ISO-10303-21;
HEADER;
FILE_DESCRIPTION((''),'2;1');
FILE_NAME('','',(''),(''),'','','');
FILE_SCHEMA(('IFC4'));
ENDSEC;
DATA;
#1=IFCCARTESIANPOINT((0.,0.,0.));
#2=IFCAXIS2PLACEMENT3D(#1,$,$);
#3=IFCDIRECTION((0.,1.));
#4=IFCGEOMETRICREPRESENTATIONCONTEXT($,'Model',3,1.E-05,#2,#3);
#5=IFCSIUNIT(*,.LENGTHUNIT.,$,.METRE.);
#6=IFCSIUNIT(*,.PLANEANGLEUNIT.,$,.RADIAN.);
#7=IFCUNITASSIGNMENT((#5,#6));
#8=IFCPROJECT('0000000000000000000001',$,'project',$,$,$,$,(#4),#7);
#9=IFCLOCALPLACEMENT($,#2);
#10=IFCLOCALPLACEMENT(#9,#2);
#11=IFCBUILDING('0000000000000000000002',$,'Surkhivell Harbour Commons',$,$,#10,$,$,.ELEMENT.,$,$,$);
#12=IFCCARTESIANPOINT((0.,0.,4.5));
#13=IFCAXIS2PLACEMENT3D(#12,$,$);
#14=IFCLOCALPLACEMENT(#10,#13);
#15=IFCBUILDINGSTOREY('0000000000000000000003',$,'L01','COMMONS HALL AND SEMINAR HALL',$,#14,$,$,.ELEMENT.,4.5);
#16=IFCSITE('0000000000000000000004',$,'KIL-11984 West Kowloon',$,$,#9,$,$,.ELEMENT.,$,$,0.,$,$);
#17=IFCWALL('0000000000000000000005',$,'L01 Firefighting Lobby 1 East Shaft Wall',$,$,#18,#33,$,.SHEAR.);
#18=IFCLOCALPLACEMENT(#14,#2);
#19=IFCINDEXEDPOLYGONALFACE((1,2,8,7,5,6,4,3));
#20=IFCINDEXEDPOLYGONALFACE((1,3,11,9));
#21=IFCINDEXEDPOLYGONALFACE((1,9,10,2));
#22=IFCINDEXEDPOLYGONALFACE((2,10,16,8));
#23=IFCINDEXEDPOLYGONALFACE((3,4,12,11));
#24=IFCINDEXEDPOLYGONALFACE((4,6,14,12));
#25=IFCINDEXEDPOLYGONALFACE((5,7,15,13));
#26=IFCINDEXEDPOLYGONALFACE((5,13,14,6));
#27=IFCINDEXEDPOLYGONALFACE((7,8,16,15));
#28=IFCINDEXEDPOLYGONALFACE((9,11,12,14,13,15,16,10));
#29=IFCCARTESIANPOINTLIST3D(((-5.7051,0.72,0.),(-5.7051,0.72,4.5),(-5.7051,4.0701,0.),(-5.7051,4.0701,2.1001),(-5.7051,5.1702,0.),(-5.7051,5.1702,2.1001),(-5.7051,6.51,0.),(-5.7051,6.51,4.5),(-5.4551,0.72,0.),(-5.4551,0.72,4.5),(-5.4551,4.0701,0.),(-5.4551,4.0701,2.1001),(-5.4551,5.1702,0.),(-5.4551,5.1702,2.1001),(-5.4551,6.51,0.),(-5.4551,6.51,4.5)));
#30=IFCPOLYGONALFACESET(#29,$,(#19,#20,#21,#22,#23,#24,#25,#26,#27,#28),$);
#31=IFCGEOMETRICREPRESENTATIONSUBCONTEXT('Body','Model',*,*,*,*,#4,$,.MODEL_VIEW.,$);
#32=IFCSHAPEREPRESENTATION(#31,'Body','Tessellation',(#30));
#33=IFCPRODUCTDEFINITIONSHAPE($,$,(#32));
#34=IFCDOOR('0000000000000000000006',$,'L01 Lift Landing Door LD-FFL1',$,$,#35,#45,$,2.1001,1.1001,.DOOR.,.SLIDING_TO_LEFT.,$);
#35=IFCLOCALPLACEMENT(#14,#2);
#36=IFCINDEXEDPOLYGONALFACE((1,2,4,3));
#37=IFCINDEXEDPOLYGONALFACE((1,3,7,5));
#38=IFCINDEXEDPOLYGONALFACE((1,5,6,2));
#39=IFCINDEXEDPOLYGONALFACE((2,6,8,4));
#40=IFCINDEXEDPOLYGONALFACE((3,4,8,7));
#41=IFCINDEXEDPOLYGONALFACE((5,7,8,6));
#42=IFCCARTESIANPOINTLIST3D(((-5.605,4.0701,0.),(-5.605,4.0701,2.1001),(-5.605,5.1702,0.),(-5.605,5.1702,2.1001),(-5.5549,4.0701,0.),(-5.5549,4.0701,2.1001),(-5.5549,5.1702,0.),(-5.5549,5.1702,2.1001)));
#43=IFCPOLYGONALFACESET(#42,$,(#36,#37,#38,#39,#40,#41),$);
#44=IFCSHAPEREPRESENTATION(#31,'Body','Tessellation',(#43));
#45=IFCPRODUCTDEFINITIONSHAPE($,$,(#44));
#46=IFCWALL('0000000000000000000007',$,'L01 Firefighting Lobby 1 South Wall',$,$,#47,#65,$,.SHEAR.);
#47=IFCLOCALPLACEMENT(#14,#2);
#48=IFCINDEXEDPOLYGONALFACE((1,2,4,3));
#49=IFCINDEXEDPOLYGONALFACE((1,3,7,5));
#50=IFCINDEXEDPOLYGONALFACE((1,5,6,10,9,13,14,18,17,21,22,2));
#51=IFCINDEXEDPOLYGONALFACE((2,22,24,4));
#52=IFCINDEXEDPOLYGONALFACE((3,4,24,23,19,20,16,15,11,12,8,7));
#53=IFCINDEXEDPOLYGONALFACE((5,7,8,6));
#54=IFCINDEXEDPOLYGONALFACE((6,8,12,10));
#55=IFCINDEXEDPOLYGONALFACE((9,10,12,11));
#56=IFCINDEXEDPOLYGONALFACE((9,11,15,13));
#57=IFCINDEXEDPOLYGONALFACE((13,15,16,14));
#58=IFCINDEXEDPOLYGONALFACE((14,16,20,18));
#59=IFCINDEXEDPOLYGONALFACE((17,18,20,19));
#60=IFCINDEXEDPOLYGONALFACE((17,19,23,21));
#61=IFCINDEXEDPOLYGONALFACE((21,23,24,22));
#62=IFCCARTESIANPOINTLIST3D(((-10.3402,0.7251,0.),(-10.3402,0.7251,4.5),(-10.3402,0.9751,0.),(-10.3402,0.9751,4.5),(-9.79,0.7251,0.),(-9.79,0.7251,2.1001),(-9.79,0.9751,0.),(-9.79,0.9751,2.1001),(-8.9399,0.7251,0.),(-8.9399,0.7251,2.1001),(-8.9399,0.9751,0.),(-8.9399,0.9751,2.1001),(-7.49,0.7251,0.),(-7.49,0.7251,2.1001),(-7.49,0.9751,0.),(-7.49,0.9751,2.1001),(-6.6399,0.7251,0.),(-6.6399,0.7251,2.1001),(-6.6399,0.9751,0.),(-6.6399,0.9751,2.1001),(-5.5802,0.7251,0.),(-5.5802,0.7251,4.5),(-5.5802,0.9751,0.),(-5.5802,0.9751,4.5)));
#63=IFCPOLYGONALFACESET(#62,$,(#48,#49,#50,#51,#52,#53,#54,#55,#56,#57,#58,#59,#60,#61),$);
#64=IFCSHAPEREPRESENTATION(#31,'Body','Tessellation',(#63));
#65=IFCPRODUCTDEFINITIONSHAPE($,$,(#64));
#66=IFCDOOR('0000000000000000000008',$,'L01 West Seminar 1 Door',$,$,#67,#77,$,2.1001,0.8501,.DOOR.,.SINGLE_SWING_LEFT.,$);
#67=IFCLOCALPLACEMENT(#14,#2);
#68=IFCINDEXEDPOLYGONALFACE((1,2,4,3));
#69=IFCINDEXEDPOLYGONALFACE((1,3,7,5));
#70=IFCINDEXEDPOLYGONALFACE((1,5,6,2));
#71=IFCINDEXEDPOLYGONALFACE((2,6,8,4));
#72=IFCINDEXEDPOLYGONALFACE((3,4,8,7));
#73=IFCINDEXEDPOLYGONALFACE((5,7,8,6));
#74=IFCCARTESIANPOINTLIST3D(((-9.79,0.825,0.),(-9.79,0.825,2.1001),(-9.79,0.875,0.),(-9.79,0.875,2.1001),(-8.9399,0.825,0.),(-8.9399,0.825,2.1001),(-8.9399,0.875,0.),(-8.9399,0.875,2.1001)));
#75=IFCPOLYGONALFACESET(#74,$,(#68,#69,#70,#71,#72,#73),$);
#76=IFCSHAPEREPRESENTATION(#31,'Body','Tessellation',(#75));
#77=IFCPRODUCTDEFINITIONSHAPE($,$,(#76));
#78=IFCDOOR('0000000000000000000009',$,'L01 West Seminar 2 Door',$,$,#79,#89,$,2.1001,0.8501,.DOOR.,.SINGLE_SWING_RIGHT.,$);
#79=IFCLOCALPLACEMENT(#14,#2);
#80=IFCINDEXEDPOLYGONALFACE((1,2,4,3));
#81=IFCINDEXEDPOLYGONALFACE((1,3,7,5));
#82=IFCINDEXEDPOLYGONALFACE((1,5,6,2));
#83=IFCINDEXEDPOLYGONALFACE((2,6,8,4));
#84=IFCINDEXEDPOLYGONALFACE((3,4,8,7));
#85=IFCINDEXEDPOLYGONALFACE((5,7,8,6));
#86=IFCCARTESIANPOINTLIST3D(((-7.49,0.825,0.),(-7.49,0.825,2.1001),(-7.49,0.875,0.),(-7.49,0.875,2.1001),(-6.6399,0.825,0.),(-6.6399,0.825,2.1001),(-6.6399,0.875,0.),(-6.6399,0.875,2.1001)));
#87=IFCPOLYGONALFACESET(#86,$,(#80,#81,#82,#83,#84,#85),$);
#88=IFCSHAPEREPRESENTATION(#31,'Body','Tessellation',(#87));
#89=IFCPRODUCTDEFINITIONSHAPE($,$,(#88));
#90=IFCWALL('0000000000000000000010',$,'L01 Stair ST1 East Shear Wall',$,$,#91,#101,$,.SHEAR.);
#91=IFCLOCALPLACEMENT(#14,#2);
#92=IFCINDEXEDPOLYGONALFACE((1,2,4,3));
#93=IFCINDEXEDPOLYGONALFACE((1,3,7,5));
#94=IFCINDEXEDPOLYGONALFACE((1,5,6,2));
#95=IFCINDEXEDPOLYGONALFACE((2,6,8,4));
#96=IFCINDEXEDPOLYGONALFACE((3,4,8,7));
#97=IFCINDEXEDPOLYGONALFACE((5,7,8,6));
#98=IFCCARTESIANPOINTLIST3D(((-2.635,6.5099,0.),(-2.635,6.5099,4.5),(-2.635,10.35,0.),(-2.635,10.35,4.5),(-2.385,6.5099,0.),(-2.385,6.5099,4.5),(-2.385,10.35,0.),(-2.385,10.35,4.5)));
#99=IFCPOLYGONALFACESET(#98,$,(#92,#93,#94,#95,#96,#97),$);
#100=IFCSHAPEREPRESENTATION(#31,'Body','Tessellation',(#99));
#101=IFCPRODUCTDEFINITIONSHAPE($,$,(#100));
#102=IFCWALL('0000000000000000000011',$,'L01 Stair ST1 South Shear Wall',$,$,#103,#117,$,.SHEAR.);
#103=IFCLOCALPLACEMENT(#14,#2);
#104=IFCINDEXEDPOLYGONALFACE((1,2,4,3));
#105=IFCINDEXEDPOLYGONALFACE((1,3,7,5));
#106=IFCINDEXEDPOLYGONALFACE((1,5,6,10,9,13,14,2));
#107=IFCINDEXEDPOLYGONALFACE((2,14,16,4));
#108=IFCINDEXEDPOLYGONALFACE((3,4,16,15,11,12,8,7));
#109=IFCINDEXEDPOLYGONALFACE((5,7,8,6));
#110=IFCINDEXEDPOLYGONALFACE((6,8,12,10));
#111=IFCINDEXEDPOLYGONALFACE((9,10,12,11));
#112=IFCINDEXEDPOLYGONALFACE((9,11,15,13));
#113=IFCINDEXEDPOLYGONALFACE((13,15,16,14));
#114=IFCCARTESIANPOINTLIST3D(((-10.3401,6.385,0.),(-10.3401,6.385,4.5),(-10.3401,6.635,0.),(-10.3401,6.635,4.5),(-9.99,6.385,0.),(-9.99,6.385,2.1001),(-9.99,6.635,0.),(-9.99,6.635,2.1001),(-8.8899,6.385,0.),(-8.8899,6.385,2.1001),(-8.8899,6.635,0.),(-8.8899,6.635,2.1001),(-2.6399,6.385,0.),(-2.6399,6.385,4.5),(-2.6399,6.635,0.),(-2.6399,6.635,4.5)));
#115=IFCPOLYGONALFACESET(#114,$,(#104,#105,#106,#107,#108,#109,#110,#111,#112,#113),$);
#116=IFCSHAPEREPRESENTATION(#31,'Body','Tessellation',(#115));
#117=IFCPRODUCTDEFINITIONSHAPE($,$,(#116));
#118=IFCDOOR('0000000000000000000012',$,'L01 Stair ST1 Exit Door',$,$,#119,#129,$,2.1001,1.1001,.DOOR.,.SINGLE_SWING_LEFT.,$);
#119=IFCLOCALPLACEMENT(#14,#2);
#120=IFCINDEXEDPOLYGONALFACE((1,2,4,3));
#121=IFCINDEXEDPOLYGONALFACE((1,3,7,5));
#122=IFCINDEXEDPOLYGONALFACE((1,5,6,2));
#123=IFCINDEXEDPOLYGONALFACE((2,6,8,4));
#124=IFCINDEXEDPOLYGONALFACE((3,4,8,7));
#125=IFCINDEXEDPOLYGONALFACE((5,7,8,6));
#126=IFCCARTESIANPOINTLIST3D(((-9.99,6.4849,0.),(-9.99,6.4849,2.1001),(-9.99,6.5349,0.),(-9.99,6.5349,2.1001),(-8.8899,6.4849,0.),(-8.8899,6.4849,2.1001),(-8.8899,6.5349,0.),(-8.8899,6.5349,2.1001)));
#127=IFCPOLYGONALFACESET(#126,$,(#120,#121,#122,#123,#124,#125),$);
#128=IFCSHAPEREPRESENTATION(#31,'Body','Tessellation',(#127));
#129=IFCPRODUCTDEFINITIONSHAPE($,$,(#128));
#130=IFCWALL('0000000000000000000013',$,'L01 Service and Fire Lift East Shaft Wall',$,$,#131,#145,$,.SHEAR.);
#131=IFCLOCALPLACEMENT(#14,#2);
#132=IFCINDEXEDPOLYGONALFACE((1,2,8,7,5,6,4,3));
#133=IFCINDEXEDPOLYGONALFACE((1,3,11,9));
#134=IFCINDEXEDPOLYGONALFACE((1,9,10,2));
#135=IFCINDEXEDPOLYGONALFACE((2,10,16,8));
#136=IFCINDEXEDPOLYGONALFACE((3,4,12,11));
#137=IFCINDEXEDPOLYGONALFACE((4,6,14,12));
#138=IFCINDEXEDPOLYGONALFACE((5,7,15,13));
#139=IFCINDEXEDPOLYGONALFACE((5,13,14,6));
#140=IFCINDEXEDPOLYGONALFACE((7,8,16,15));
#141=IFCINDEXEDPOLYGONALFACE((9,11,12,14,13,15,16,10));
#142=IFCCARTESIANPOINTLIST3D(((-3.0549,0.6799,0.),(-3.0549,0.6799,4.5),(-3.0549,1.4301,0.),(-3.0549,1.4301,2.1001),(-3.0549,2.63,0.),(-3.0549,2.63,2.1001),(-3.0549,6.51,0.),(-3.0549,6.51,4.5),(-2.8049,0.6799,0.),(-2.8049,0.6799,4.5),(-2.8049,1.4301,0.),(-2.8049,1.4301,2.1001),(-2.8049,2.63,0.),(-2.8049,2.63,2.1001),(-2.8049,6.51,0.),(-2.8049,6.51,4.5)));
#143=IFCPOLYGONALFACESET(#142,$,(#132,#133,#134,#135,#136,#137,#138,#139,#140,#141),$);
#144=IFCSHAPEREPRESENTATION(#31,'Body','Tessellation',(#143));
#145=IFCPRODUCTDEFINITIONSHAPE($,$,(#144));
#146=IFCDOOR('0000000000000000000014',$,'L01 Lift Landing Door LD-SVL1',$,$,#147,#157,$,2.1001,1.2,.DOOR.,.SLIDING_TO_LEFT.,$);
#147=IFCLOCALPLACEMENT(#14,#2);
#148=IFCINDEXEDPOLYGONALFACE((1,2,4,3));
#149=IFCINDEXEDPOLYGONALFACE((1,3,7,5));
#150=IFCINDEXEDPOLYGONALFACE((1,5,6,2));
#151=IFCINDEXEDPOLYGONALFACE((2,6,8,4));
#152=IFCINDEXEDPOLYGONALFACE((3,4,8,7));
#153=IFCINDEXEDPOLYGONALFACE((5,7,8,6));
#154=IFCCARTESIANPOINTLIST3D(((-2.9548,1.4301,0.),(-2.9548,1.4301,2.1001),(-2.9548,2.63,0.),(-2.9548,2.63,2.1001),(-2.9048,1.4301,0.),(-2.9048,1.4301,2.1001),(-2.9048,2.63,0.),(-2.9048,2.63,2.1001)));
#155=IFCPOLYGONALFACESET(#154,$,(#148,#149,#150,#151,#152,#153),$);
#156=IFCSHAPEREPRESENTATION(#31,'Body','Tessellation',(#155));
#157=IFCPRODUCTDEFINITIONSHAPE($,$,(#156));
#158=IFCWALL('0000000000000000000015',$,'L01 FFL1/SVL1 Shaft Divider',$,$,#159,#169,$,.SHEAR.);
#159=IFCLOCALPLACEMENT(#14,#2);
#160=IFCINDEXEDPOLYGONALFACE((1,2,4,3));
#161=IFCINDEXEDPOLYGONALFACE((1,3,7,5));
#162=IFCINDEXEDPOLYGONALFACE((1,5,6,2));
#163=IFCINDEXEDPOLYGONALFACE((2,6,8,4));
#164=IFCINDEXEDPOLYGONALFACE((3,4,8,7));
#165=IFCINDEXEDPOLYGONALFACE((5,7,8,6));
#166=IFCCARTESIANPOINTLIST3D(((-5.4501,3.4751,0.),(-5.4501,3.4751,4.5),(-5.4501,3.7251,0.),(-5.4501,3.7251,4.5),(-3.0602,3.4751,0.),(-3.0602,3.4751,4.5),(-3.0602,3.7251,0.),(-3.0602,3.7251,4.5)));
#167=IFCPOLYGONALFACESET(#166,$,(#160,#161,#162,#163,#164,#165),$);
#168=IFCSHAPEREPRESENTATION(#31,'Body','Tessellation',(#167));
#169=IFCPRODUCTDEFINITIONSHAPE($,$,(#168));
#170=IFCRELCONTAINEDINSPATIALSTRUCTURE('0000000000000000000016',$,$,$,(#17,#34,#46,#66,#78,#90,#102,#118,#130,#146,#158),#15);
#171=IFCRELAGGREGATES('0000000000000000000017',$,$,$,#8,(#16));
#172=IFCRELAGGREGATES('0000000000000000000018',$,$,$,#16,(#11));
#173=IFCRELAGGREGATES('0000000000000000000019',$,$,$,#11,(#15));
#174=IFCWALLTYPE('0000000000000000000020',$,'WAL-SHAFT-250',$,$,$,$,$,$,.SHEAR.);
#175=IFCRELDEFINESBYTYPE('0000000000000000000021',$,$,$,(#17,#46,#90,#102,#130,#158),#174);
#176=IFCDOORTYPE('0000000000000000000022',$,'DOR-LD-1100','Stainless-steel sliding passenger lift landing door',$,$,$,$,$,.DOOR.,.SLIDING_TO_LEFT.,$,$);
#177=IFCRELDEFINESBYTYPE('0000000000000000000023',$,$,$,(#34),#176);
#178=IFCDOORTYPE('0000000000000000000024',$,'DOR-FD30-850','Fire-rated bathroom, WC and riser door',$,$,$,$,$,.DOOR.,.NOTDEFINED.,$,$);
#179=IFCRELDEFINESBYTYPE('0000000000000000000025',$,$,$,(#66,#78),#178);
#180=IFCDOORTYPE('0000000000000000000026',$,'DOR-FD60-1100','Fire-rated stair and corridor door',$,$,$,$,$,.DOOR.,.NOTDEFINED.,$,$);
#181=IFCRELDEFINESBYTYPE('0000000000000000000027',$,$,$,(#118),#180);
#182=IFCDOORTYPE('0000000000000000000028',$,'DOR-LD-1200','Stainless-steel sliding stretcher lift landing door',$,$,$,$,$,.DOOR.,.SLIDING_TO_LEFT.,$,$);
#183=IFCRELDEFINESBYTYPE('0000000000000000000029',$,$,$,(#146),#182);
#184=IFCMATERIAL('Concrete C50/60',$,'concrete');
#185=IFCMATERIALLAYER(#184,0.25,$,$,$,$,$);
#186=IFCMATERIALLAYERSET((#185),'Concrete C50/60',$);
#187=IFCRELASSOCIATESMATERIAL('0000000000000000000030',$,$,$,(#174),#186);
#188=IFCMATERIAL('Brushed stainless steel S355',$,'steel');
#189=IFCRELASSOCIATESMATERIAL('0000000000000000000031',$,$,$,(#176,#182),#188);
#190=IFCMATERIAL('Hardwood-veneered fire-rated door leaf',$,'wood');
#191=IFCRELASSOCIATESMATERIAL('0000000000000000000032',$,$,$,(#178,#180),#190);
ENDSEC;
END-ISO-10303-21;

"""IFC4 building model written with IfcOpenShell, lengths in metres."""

from ifc_helpers import new_model, si_unit, direction, frame, frame_2d, origin, place, context, subcontext, project, spatial, rectangle, extrude, material, layer, layer_set, type_object, element, fill, save


model = new_model("IFC4")

# Units and contexts
model_context = context("Model", 3, precision=1e-05, world=origin(), true_north=direction((0.0, 1.0)))
body_context = subcontext(model_context, "Body", "Model", "MODEL_VIEW")
ifc_project = project(units=[si_unit("LENGTHUNIT", "METRE"), si_unit("PLANEANGLEUNIT", "RADIAN")], contexts=[model_context])

# Site, building, storey
site_placement = place(None, origin())
site = spatial("IfcSite", under=ifc_project, at=site_placement, Name="KIL-11984 West Kowloon", CompositionType="ELEMENT", RefElevation=0.0)
building_placement = place(site_placement, origin())
building = spatial("IfcBuilding", under=site, at=building_placement, Name="Surkhivell Harbour Commons", CompositionType="ELEMENT")
storey_placement = place(building_placement, frame((0.0, 0.0, 4.5)))
storey = spatial("IfcBuildingStorey", under=building, at=storey_placement, Name="L01", Description="COMMONS HALL AND SEMINAR HALL", CompositionType="ELEMENT", Elevation=4.5)

# Shared definitions
ifc_material_1 = material(Name="Concrete C50/60", Category="concrete")

# Shared definitions
ifc_material_2 = material(Name="Hardwood-veneered fire-rated door leaf", Category="wood")

# Wall, opening, door
ifc_layer_1 = layer(ifc_material_1, 0.25)
ifc_layer_set_1 = layer_set([ifc_layer_1], Name="Concrete C50/60")
wall_type_1 = type_object("IfcWallType", Name="WAL-SHAFT-250", PredefinedType="SHEAR", material=ifc_layer_set_1)
wall_1_placement = place(storey_placement, frame((-5.5801, 0.72, 0.0), z_axis=(0.0, 0.0, 1.0), x_axis=(0.0, 1.0, 0.0)))
wall_1 = element("IfcWall", 1, at=wall_1_placement, inside=storey, type_object=wall_type_1, Name="L01 Firefighting Lobby 1 East Shaft Wall", PredefinedType="SHEAR", context=body_context, shape_type="SweptSolid", body=[
    extrude(rectangle(XDim=5.79, YDim=0.25, at=frame_2d((2.895, 0.0))), origin(), (0.0, 0.0, 1.0), 4.5),
])
opening_1_placement = place(wall_1_placement, frame((3.3501, 0.0, 0.0)))
opening_1 = element("IfcOpeningElement", 2, at=opening_1_placement, cuts=wall_1, PredefinedType="OPENING", context=body_context, shape_type="SweptSolid", body=[
    extrude(rectangle(XDim=1.1001, YDim=2.1001, at=frame_2d((0.55, 1.05))), frame((0.0, 0.135, 0.0), z_axis=(0.0, -1.0, 0.0), x_axis=(1.0, 0.0, 0.0)), (0.0, 0.0, 1.0), 0.27),
])
ifc_material_3 = material(Name="Brushed stainless steel S355", Category="steel")
door_type_1 = type_object("IfcDoorType", Name="DOR-LD-1100", Description="Stainless-steel sliding passenger lift landing door", OperationType="SLIDING_TO_LEFT", PredefinedType="DOOR", material=ifc_material_3)
door_1_placement = place(opening_1_placement, origin())
door_1 = element("IfcDoor", 3, at=door_1_placement, inside=storey, type_object=door_type_1, Name="L01 Lift Landing Door LD-FFL1", OperationType="SLIDING_TO_LEFT", OverallHeight=2.1001, OverallWidth=1.1001, PredefinedType="DOOR", context=body_context, shape_type="SweptSolid", body=[
    extrude(rectangle(XDim=1.1001, YDim=2.1001, at=frame_2d((0.55, 1.05))), frame((0.0, 0.0249, 0.0), z_axis=(0.0, -1.0, 0.0), x_axis=(1.0, 0.0, 0.0)), (0.0, 0.0, 1.0), 0.05),
])
fill(opening_1, door_1)

# Wall, openings, doors
wall_2_placement = place(storey_placement, frame((-10.3401, 0.8501, 0.0), z_axis=(0.0, 0.0, 1.0), x_axis=(1.0, 0.0, 0.0)))
wall_2 = element("IfcWall", 4, at=wall_2_placement, inside=storey, type_object=wall_type_1, Name="L01 Firefighting Lobby 1 South Wall", PredefinedType="SHEAR", context=body_context, shape_type="SweptSolid", body=[
    extrude(rectangle(XDim=4.76, YDim=0.25, at=frame_2d((2.3799, 0.0))), origin(), (0.0, 0.0, 1.0), 4.5),
])
opening_2_placement = place(wall_2_placement, frame((0.55, 0.0, 0.0)))
opening_2 = element("IfcOpeningElement", 5, at=opening_2_placement, cuts=wall_2, PredefinedType="OPENING", context=body_context, shape_type="SweptSolid", body=[
    extrude(rectangle(XDim=0.8501, YDim=2.1001, at=frame_2d((0.425, 1.05))), frame((0.0, 0.135, 0.0), z_axis=(0.0, -1.0, 0.0), x_axis=(1.0, 0.0, 0.0)), (0.0, 0.0, 1.0), 0.27),
])
opening_3_placement = place(wall_2_placement, frame((2.8501, 0.0, 0.0)))
opening_3 = element("IfcOpeningElement", 6, at=opening_3_placement, cuts=wall_2, PredefinedType="OPENING", context=body_context, shape_type="SweptSolid", body=[
    extrude(rectangle(XDim=0.8501, YDim=2.1001, at=frame_2d((0.425, 1.05))), frame((0.0, 0.135, 0.0), z_axis=(0.0, -1.0, 0.0), x_axis=(1.0, 0.0, 0.0)), (0.0, 0.0, 1.0), 0.27),
])
door_type_2 = type_object("IfcDoorType", Name="DOR-FD30-850", Description="Fire-rated bathroom, WC and riser door", OperationType="NOTDEFINED", PredefinedType="DOOR", material=ifc_material_2)
door_2_placement = place(opening_2_placement, origin())
door_2 = element("IfcDoor", 7, at=door_2_placement, inside=storey, type_object=door_type_2, Name="L01 West Seminar 1 Door", OperationType="SINGLE_SWING_LEFT", OverallHeight=2.1001, OverallWidth=0.8501, PredefinedType="DOOR", context=body_context, shape_type="SweptSolid", body=[
    extrude(rectangle(XDim=0.8501, YDim=2.1001, at=frame_2d((0.425, 1.05))), frame((0.0, 0.0249, 0.0), z_axis=(0.0, -1.0, 0.0), x_axis=(1.0, 0.0, 0.0)), (0.0, 0.0, 1.0), 0.05),
])
fill(opening_2, door_2)
door_3_placement = place(opening_3_placement, origin())
door_3 = element("IfcDoor", 8, at=door_3_placement, inside=storey, type_object=door_type_2, Name="L01 West Seminar 2 Door", OperationType="SINGLE_SWING_RIGHT", OverallHeight=2.1001, OverallWidth=0.8501, PredefinedType="DOOR", context=body_context, shape_type="SweptSolid", body=[
    extrude(rectangle(XDim=0.8501, YDim=2.1001, at=frame_2d((0.425, 1.05))), frame((0.0, 0.0249, 0.0), z_axis=(0.0, -1.0, 0.0), x_axis=(1.0, 0.0, 0.0)), (0.0, 0.0, 1.0), 0.05),
])
fill(opening_3, door_3)

# Wall
wall_3_placement = place(storey_placement, frame((-2.51, 6.51, 0.0), z_axis=(0.0, 0.0, 1.0), x_axis=(0.0, 1.0, 0.0)))
element("IfcWall", 9, at=wall_3_placement, inside=storey, type_object=wall_type_1, Name="L01 Stair ST1 East Shear Wall", PredefinedType="SHEAR", context=body_context, shape_type="SweptSolid", body=[
    extrude(rectangle(XDim=3.8401, YDim=0.25, at=frame_2d((1.9199, 0.0))), origin(), (0.0, 0.0, 1.0), 4.5),
])

# Walls, openings, doors
wall_4_placement = place(storey_placement, frame((-10.3401, 6.51, 0.0), z_axis=(0.0, 0.0, 1.0), x_axis=(1.0, 0.0, 0.0)))
wall_4 = element("IfcWall", 10, at=wall_4_placement, inside=storey, type_object=wall_type_1, Name="L01 Stair ST1 South Shear Wall", PredefinedType="SHEAR", context=body_context, shape_type="SweptSolid", body=[
    extrude(rectangle(XDim=7.7002, YDim=0.25, at=frame_2d((3.8501, 0.0))), origin(), (0.0, 0.0, 1.0), 4.5),
])
opening_4_placement = place(wall_4_placement, frame((0.3501, 0.0, 0.0)))
opening_4 = element("IfcOpeningElement", 11, at=opening_4_placement, cuts=wall_4, PredefinedType="OPENING", context=body_context, shape_type="SweptSolid", body=[
    extrude(rectangle(XDim=1.1001, YDim=2.1001, at=frame_2d((0.55, 1.05))), frame((0.0, 0.135, 0.0), z_axis=(0.0, -1.0, 0.0), x_axis=(1.0, 0.0, 0.0)), (0.0, 0.0, 1.0), 0.27),
])
door_type_3 = type_object("IfcDoorType", Name="DOR-FD60-1100", Description="Fire-rated stair and corridor door", OperationType="NOTDEFINED", PredefinedType="DOOR", material=ifc_material_2)
door_4_placement = place(opening_4_placement, origin())
door_4 = element("IfcDoor", 12, at=door_4_placement, inside=storey, type_object=door_type_3, Name="L01 Stair ST1 Exit Door", OperationType="SINGLE_SWING_LEFT", OverallHeight=2.1001, OverallWidth=1.1001, PredefinedType="DOOR", context=body_context, shape_type="SweptSolid", body=[
    extrude(rectangle(XDim=1.1001, YDim=2.1001, at=frame_2d((0.55, 1.05))), frame((0.0, 0.0249, 0.0), z_axis=(0.0, -1.0, 0.0), x_axis=(1.0, 0.0, 0.0)), (0.0, 0.0, 1.0), 0.05),
])
fill(opening_4, door_4)
wall_5_placement = place(storey_placement, frame((-2.9299, 0.6799, 0.0), z_axis=(0.0, 0.0, 1.0), x_axis=(0.0, 1.0, 0.0)))
wall_5 = element("IfcWall", 13, at=wall_5_placement, inside=storey, type_object=wall_type_1, Name="L01 Service and Fire Lift East Shaft Wall", PredefinedType="SHEAR", context=body_context, shape_type="SweptSolid", body=[
    extrude(rectangle(XDim=5.8301, YDim=0.25, at=frame_2d((2.915, 0.0))), origin(), (0.0, 0.0, 1.0), 4.5),
])
opening_5_placement = place(wall_5_placement, frame((0.75, 0.0, 0.0)))
opening_5 = element("IfcOpeningElement", 14, at=opening_5_placement, cuts=wall_5, PredefinedType="OPENING", context=body_context, shape_type="SweptSolid", body=[
    extrude(rectangle(XDim=1.2, YDim=2.1001, at=frame_2d((0.6001, 1.05))), frame((0.0, 0.135, 0.0), z_axis=(0.0, -1.0, 0.0), x_axis=(1.0, 0.0, 0.0)), (0.0, 0.0, 1.0), 0.27),
])
door_type_4 = type_object("IfcDoorType", Name="DOR-LD-1200", Description="Stainless-steel sliding stretcher lift landing door", OperationType="SLIDING_TO_LEFT", PredefinedType="DOOR", material=ifc_material_3)
door_5_placement = place(opening_5_placement, origin())
door_5 = element("IfcDoor", 15, at=door_5_placement, inside=storey, type_object=door_type_4, Name="L01 Lift Landing Door LD-SVL1", OperationType="SLIDING_TO_LEFT", OverallHeight=2.1001, OverallWidth=1.2, PredefinedType="DOOR", context=body_context, shape_type="SweptSolid", body=[
    extrude(rectangle(XDim=1.2, YDim=2.1001, at=frame_2d((0.6001, 1.05))), frame((0.0, 0.0249, 0.0), z_axis=(0.0, -1.0, 0.0), x_axis=(1.0, 0.0, 0.0)), (0.0, 0.0, 1.0), 0.05),
])
fill(opening_5, door_5)

# Wall
wall_6_placement = place(storey_placement, frame((-5.45, 3.6001, 0.0), z_axis=(0.0, 0.0, 1.0), x_axis=(1.0, 0.0, 0.0)))
element("IfcWall", 16, at=wall_6_placement, inside=storey, type_object=wall_type_1, Name="L01 FFL1/SVL1 Shaft Divider", PredefinedType="SHEAR", context=body_context, shape_type="SweptSolid", body=[
    extrude(rectangle(XDim=2.3899, YDim=0.25, at=frame_2d((1.1948, 0.0))), origin(), (0.0, 0.0, 1.0), 4.5),
])

save(model, "model.ifc")
